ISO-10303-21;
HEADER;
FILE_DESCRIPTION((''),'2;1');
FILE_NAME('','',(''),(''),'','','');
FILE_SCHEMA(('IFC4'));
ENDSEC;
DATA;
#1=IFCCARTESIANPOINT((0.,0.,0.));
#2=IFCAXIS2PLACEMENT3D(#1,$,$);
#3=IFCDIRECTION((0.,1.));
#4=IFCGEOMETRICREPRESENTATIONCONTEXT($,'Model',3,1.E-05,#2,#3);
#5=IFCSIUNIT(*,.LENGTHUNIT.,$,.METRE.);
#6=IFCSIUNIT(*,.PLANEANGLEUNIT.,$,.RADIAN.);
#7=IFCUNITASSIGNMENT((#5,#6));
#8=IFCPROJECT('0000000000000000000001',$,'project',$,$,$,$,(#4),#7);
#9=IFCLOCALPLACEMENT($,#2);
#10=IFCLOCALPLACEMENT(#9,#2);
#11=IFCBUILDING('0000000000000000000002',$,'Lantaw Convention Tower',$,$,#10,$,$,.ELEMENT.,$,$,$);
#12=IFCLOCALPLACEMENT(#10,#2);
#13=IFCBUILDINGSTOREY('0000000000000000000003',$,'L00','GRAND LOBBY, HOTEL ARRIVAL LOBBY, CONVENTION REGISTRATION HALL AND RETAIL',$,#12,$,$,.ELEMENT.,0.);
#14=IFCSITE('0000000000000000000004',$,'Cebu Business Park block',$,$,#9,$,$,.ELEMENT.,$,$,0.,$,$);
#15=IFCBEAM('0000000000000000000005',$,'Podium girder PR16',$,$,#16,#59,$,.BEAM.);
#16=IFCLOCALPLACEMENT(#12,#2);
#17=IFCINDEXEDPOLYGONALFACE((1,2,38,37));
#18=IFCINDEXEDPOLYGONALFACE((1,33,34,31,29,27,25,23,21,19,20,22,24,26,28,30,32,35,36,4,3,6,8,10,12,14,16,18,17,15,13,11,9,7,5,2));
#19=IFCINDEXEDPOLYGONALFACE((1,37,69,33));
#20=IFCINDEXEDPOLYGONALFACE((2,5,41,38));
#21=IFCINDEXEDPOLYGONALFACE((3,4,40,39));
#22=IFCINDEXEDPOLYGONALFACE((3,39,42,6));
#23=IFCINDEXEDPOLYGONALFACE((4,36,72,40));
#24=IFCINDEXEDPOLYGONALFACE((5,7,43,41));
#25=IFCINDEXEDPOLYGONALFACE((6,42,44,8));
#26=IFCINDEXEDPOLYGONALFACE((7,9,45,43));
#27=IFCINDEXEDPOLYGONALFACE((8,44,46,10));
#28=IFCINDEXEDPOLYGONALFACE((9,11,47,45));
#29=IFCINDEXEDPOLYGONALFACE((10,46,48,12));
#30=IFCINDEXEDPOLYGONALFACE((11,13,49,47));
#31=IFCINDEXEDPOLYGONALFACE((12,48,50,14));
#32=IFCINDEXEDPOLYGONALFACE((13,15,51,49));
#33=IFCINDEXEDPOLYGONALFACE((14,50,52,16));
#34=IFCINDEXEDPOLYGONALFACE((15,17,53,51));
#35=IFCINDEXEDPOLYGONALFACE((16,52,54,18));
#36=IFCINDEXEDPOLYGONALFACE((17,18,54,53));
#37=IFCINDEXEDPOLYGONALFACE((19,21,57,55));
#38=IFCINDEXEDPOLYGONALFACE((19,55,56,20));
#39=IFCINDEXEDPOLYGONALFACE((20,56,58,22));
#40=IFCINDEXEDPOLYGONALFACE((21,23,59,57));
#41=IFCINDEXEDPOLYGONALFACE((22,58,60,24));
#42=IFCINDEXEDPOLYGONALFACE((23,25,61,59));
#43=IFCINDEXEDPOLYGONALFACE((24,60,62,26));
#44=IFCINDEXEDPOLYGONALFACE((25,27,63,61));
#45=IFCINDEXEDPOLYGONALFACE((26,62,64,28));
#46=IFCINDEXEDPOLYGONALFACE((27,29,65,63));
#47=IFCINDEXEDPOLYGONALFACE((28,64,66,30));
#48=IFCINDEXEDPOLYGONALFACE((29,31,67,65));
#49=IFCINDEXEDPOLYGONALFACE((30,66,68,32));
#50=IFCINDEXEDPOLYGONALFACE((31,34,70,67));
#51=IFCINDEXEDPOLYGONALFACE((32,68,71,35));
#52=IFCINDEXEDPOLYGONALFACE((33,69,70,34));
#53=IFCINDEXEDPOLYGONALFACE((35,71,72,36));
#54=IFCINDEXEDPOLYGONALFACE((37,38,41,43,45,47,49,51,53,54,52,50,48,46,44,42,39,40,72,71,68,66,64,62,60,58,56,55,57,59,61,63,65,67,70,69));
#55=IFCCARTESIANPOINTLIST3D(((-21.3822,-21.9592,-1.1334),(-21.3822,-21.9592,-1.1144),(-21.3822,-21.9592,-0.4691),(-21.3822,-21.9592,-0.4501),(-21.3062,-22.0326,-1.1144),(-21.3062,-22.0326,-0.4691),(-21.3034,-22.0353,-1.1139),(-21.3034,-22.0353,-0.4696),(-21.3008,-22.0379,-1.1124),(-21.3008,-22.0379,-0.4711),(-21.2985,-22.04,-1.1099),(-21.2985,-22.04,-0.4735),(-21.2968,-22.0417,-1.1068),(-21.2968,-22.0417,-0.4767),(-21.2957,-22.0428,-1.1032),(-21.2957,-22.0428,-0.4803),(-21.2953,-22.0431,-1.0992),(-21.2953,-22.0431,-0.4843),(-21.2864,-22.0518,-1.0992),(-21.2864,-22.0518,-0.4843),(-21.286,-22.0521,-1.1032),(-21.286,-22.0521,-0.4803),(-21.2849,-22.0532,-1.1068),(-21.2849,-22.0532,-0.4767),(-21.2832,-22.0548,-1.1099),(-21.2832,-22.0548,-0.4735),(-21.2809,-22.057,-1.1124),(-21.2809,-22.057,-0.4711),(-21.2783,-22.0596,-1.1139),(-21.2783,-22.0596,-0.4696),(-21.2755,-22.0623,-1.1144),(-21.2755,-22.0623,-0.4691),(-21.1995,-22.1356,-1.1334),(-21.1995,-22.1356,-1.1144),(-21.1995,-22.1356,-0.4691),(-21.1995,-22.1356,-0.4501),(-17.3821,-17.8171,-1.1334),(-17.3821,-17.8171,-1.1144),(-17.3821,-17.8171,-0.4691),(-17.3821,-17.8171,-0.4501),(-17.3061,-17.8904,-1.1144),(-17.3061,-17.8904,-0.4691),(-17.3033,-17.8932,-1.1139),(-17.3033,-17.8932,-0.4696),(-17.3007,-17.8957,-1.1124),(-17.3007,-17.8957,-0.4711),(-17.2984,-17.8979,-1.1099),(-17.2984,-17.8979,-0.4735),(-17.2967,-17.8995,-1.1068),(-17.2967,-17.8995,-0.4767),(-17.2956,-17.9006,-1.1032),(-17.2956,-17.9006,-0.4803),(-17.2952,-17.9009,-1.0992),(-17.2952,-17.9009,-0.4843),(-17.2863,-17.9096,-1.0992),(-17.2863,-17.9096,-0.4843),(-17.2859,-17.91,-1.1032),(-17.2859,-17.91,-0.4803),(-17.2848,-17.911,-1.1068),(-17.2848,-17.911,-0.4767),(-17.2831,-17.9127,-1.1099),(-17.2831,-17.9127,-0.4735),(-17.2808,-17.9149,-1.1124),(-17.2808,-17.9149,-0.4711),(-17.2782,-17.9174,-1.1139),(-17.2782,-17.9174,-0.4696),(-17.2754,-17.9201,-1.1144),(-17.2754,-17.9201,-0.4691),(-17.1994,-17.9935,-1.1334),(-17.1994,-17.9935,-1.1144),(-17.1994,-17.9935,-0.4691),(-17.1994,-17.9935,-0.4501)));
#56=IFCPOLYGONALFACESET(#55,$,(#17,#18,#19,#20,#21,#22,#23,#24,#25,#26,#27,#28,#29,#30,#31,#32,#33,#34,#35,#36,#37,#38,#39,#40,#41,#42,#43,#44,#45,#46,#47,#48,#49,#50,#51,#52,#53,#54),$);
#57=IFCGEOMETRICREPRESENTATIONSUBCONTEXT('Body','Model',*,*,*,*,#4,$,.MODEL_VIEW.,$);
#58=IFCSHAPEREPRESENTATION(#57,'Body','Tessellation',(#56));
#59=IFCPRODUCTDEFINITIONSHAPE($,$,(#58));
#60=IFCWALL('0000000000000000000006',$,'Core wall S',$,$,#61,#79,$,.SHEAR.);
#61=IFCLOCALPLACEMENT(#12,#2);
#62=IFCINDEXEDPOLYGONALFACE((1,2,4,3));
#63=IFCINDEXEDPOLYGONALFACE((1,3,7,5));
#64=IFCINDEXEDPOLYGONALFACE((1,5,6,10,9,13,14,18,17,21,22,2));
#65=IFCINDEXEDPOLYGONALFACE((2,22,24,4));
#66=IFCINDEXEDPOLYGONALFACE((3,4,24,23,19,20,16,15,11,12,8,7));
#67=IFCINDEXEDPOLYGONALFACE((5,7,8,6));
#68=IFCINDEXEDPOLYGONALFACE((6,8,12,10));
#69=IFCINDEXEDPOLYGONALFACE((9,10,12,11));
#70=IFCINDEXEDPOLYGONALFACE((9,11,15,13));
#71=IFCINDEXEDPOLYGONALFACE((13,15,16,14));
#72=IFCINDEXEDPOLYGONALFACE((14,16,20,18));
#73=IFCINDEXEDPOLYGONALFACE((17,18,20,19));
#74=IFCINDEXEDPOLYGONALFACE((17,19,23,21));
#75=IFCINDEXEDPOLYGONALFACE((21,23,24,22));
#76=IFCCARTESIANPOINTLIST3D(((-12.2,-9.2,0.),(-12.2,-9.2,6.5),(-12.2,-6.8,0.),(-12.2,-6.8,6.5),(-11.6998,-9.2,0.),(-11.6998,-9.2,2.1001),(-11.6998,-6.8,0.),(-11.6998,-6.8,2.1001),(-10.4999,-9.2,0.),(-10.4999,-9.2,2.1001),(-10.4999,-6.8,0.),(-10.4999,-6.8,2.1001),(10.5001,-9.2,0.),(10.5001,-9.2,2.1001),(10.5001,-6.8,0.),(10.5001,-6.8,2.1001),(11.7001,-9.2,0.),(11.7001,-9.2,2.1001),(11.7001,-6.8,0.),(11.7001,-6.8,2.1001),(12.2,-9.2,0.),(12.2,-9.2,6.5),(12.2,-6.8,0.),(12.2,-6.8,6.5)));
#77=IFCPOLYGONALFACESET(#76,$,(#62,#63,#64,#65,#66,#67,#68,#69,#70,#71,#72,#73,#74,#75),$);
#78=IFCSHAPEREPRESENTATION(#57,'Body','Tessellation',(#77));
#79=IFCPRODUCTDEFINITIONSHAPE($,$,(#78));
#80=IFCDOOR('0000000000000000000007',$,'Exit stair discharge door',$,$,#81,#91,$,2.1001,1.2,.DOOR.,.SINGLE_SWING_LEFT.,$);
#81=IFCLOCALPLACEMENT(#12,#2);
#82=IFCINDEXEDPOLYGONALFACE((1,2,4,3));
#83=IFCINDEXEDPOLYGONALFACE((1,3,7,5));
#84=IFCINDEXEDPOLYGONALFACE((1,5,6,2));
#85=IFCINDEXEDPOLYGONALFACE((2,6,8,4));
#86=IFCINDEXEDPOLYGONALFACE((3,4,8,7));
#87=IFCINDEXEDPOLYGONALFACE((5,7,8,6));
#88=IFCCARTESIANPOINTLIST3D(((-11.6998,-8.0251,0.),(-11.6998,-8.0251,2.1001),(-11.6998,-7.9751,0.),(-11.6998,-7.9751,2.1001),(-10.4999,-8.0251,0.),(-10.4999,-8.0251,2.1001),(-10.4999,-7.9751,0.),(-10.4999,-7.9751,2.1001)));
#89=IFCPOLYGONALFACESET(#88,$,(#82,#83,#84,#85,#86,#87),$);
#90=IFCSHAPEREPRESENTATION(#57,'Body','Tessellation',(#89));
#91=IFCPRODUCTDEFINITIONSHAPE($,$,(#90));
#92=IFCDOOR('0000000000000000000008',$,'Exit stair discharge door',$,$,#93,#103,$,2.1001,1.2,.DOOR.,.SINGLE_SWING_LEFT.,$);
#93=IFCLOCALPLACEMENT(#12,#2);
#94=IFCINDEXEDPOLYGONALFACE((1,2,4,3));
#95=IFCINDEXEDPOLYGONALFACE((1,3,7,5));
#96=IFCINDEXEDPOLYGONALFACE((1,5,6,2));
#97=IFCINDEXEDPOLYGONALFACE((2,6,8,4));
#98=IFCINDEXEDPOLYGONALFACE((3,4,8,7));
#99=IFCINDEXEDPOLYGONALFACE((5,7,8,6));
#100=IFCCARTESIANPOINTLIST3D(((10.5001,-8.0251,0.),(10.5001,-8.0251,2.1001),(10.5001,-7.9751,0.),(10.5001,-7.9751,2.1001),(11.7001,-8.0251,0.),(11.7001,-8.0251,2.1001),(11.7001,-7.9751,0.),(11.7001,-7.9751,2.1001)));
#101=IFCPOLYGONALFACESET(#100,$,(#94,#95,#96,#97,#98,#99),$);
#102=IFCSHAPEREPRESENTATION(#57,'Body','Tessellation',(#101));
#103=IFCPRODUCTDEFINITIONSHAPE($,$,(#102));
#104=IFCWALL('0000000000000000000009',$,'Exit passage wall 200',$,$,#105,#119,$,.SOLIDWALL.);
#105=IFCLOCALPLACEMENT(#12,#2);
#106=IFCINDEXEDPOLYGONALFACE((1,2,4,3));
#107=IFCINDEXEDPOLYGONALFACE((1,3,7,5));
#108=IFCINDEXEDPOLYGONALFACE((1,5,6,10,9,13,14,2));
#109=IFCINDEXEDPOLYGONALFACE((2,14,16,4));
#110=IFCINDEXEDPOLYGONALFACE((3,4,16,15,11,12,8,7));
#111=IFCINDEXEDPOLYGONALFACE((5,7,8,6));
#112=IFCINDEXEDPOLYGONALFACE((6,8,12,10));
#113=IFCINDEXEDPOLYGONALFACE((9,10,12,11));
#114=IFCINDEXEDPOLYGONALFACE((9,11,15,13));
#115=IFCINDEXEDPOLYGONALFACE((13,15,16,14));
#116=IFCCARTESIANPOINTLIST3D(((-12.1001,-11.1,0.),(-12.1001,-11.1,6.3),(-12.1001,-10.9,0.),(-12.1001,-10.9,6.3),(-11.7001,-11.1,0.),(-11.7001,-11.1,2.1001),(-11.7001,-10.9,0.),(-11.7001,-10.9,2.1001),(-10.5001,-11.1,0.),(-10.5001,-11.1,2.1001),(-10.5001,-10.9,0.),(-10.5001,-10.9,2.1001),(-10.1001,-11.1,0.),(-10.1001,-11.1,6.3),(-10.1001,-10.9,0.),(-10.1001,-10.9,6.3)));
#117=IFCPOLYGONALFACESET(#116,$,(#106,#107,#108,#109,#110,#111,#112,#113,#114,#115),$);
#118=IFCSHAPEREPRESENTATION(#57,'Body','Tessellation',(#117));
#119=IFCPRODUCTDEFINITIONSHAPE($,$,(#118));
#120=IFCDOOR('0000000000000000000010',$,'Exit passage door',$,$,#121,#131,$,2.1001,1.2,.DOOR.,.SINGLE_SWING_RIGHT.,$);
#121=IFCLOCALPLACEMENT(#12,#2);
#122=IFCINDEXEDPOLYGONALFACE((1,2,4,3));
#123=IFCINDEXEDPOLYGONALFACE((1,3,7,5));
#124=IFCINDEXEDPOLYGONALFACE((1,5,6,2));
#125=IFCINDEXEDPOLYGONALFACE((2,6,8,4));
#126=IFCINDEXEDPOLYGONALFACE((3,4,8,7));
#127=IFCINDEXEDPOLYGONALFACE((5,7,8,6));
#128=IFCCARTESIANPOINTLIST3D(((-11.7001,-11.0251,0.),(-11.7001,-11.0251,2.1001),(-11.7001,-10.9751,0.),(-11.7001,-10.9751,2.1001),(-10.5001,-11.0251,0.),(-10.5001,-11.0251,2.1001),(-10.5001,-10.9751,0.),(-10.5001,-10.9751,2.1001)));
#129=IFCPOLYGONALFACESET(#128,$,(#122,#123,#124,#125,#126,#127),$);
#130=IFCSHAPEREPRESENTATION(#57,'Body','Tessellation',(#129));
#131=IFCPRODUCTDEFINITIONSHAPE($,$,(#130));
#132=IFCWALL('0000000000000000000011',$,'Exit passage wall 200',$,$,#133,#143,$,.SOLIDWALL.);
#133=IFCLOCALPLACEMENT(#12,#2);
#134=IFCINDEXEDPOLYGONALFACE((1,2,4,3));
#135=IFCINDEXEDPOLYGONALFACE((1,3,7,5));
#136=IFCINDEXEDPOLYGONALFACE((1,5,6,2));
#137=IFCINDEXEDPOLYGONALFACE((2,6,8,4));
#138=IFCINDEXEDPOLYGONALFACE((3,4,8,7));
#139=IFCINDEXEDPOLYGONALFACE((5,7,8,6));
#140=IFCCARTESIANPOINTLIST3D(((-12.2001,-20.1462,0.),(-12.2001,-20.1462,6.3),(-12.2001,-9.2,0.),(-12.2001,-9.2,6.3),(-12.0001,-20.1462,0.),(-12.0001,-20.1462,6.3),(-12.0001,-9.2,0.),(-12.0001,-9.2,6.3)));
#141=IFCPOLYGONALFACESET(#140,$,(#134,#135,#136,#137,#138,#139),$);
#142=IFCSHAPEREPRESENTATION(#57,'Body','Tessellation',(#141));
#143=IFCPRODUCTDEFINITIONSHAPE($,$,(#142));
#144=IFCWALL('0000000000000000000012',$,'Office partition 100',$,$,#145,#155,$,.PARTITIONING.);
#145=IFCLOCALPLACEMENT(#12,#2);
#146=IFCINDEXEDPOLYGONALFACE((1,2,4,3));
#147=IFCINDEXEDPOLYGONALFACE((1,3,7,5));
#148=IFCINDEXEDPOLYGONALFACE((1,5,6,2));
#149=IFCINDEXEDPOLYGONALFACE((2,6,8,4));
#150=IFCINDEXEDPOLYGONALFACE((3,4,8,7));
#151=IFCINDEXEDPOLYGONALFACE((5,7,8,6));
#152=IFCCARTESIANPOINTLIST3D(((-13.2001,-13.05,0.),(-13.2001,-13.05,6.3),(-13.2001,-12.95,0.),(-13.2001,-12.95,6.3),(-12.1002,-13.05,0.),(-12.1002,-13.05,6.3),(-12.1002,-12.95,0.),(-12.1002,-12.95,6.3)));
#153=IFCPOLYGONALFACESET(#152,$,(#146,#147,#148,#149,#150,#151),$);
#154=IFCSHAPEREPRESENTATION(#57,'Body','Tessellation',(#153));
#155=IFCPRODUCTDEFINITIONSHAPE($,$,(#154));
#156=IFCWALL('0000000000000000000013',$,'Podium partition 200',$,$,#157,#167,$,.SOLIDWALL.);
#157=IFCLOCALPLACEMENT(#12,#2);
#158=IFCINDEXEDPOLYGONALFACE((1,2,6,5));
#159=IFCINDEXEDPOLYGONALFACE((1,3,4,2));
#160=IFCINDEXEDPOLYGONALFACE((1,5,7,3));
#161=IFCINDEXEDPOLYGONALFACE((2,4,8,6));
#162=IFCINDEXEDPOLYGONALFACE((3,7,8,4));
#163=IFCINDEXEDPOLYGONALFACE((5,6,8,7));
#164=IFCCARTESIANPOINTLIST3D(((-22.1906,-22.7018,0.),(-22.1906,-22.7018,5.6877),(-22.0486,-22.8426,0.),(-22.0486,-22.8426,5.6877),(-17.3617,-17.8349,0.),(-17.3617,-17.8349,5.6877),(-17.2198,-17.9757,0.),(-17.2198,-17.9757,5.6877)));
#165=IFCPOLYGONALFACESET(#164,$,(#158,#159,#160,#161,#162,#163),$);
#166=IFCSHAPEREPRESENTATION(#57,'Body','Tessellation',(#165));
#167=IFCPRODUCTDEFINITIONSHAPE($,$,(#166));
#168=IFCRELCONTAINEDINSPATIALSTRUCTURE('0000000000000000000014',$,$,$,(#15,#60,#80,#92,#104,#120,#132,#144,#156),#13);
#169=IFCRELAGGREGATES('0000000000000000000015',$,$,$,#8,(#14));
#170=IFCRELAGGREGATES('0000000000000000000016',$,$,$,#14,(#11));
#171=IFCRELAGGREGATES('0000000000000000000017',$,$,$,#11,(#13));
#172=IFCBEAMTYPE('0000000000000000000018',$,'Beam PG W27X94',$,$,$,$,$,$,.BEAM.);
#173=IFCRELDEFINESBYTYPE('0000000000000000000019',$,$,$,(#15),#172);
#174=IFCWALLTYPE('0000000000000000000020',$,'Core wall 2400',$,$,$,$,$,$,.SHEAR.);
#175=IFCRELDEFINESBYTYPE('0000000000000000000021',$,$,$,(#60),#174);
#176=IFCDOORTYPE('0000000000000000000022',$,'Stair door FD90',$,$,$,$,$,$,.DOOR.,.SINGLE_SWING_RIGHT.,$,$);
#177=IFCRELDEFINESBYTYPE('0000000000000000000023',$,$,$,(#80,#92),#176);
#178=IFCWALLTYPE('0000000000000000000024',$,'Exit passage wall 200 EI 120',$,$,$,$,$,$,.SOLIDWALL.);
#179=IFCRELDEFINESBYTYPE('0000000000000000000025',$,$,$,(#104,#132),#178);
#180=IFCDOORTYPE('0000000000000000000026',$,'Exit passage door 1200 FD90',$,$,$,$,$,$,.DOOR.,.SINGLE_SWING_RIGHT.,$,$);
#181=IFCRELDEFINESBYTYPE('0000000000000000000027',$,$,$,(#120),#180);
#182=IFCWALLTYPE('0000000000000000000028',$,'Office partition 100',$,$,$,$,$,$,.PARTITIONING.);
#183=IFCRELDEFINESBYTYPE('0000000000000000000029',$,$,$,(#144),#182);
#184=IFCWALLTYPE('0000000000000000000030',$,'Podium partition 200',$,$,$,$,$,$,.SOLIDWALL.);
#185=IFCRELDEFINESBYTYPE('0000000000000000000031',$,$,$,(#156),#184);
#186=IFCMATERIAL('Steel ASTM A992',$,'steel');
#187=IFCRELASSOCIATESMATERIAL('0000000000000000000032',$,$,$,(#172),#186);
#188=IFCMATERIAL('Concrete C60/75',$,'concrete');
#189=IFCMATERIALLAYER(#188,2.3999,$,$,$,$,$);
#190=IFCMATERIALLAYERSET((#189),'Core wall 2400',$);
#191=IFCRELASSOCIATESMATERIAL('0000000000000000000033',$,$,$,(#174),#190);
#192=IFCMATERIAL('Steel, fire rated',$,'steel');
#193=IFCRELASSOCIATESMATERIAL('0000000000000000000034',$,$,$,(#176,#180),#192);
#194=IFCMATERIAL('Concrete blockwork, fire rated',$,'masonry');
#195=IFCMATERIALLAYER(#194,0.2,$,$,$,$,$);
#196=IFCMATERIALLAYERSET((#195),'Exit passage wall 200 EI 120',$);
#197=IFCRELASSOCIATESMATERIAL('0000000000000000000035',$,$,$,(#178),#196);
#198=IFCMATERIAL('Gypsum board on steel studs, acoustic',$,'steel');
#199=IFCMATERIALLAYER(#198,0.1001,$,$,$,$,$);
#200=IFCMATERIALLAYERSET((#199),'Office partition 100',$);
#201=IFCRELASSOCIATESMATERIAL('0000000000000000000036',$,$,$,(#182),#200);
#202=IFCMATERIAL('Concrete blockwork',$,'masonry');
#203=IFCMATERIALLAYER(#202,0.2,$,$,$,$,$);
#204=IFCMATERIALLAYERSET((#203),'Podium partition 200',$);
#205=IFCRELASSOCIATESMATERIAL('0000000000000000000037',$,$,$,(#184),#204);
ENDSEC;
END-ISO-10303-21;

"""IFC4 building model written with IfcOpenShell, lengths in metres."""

from ifc_helpers import new_model, si_unit, direction, frame, frame_2d, origin, origin_2d, place, context, subcontext, project, spatial, rectangle, i_section, extrude, material, layer, layer_set, material_profile, profile_set, type_object, element, fill, save


model = new_model("IFC4")

# Units and contexts
model_context = context("Model", 3, precision=1e-05, world=origin(), true_north=direction((0.0, 1.0)))
body_context = subcontext(model_context, "Body", "Model", "MODEL_VIEW")
ifc_project = project(units=[si_unit("LENGTHUNIT", "METRE"), si_unit("PLANEANGLEUNIT", "RADIAN")], contexts=[model_context])

# Site, building, storey
site_placement = place(None, origin())
site = spatial("IfcSite", under=ifc_project, at=site_placement, Name="Cebu Business Park block", CompositionType="ELEMENT", RefElevation=0.0)
building_placement = place(site_placement, origin())
building = spatial("IfcBuilding", under=site, at=building_placement, Name="Lantaw Convention Tower", CompositionType="ELEMENT")
storey_placement = place(building_placement, origin())
storey = spatial("IfcBuildingStorey", under=building, at=storey_placement, Name="L00", Description="GRAND LOBBY, HOTEL ARRIVAL LOBBY, CONVENTION REGISTRATION HALL AND RETAIL", CompositionType="ELEMENT", Elevation=0.0)

# Shared definitions
ifc_material_1 = material(Name="Concrete C60/75", Category="concrete")

# Beam
ifc_material_2 = material(Name="Steel ASTM A992", Category="steel")
ifc_material_profile_1 = material_profile(ifc_material_2, i_section(OverallWidth=0.2539, OverallDepth=0.6833, WebThickness=0.0125, FlangeThickness=0.019, FilletRadius=0.0151, at=origin_2d()), Name="W27X94")
ifc_profile_set_1 = profile_set([ifc_material_profile_1], Name="Steel ASTM A992")
beam_type_1 = type_object("IfcBeamType", Name="Beam PG W27X94", PredefinedType="BEAM", material=ifc_profile_set_1)
beam_1_placement = place(storey_placement, frame((-17.2908, -17.9053, -0.7917), z_axis=(-0.694661, -0.719337, 0.0), x_axis=(0.719337, -0.694661, 0.0)))
element("IfcBeam", 1, at=beam_1_placement, inside=storey, type_object=beam_type_1, Name="Podium girder PR16", PredefinedType="BEAM", context=body_context, shape_type="SweptSolid", body=[
    extrude(i_section(OverallWidth=0.2539, OverallDepth=0.6833, WebThickness=0.0125, FlangeThickness=0.019, FilletRadius=0.0151, at=origin_2d()), origin(), (0.0, 0.0, 1.0), 5.7583),
])

# Wall, openings, doors
ifc_layer_1 = layer(ifc_material_1, 2.3999)
ifc_layer_set_1 = layer_set([ifc_layer_1], Name="Core wall 2400")
wall_type_1 = type_object("IfcWallType", Name="Core wall 2400", PredefinedType="SHEAR", material=ifc_layer_set_1)
wall_1_placement = place(storey_placement, frame((-12.2, -8.0, 0.0), z_axis=(0.0, 0.0, 1.0), x_axis=(1.0, 0.0, 0.0)))
wall_1 = element("IfcWall", 2, at=wall_1_placement, inside=storey, type_object=wall_type_1, Name="Core wall S", PredefinedType="SHEAR", context=body_context, shape_type="SweptSolid", body=[
    extrude(rectangle(XDim=24.3999, YDim=2.3999, at=frame_2d((12.2, 0.0))), origin(), (0.0, 0.0, 1.0), 6.5),
])
opening_1_placement = place(wall_1_placement, frame((0.5, 0.0, 0.0)))
opening_1 = element("IfcOpeningElement", 3, at=opening_1_placement, cuts=wall_1, PredefinedType="OPENING", context=body_context, shape_type="SweptSolid", body=[
    extrude(rectangle(XDim=1.2, YDim=2.1001, at=frame_2d((0.6001, 1.05))), frame((0.0, 1.21, 0.0), z_axis=(0.0, -1.0, 0.0), x_axis=(1.0, 0.0, 0.0)), (0.0, 0.0, 1.0), 2.4199),
])
opening_2_placement = place(wall_1_placement, frame((22.7, 0.0, 0.0)))
opening_2 = element("IfcOpeningElement", 4, at=opening_2_placement, cuts=wall_1, PredefinedType="OPENING", context=body_context, shape_type="SweptSolid", body=[
    extrude(rectangle(XDim=1.2, YDim=2.1001, at=frame_2d((0.6001, 1.05))), frame((0.0, 1.21, 0.0), z_axis=(0.0, -1.0, 0.0), x_axis=(1.0, 0.0, 0.0)), (0.0, 0.0, 1.0), 2.4199),
])
ifc_material_3 = material(Name="Steel, fire rated", Category="steel")
door_type_1 = type_object("IfcDoorType", Name="Stair door FD90", OperationType="SINGLE_SWING_RIGHT", PredefinedType="DOOR", material=ifc_material_3)
door_1_placement = place(opening_1_placement, origin())
door_1 = element("IfcDoor", 5, at=door_1_placement, inside=storey, type_object=door_type_1, Name="Exit stair discharge door", OperationType="SINGLE_SWING_LEFT", OverallHeight=2.1001, OverallWidth=1.2, PredefinedType="DOOR", context=body_context, shape_type="SweptSolid", body=[
    extrude(rectangle(XDim=1.2, YDim=2.1001, at=frame_2d((0.6001, 1.05))), frame((0.0, 0.0249, 0.0), z_axis=(0.0, -1.0, 0.0), x_axis=(1.0, 0.0, 0.0)), (0.0, 0.0, 1.0), 0.05),
])
fill(opening_1, door_1)
door_2_placement = place(opening_2_placement, origin())
door_2 = element("IfcDoor", 6, at=door_2_placement, inside=storey, type_object=door_type_1, Name="Exit stair discharge door", OperationType="SINGLE_SWING_LEFT", OverallHeight=2.1001, OverallWidth=1.2, PredefinedType="DOOR", context=body_context, shape_type="SweptSolid", body=[
    extrude(rectangle(XDim=1.2, YDim=2.1001, at=frame_2d((0.6001, 1.05))), frame((0.0, 0.0249, 0.0), z_axis=(0.0, -1.0, 0.0), x_axis=(1.0, 0.0, 0.0)), (0.0, 0.0, 1.0), 0.05),
])
fill(opening_2, door_2)

# Wall, opening, door
ifc_material_4 = material(Name="Concrete blockwork, fire rated", Category="masonry")
ifc_layer_2 = layer(ifc_material_4, 0.2)
ifc_layer_set_2 = layer_set([ifc_layer_2], Name="Exit passage wall 200 EI 120")
wall_type_2 = type_object("IfcWallType", Name="Exit passage wall 200 EI 120", PredefinedType="SOLIDWALL", material=ifc_layer_set_2)
wall_2_placement = place(storey_placement, frame((-12.1001, -11.0, 0.0), z_axis=(0.0, 0.0, 1.0), x_axis=(1.0, 0.0, 0.0)))
wall_2 = element("IfcWall", 7, at=wall_2_placement, inside=storey, type_object=wall_type_2, Name="Exit passage wall 200", PredefinedType="SOLIDWALL", context=body_context, shape_type="SweptSolid", body=[
    extrude(rectangle(XDim=2.0, YDim=0.2, at=frame_2d((1.0, 0.0))), origin(), (0.0, 0.0, 1.0), 6.3),
])
opening_3_placement = place(wall_2_placement, frame((0.3999, 0.0, 0.0)))
opening_3 = element("IfcOpeningElement", 8, at=opening_3_placement, cuts=wall_2, PredefinedType="OPENING", context=body_context, shape_type="SweptSolid", body=[
    extrude(rectangle(XDim=1.2, YDim=2.1001, at=frame_2d((0.6001, 1.05))), frame((0.0, 0.1099, 0.0), z_axis=(0.0, -1.0, 0.0), x_axis=(1.0, 0.0, 0.0)), (0.0, 0.0, 1.0), 0.22),
])
door_type_2 = type_object("IfcDoorType", Name="Exit passage door 1200 FD90", OperationType="SINGLE_SWING_RIGHT", PredefinedType="DOOR", material=ifc_material_3)
door_3_placement = place(opening_3_placement, origin())
door_3 = element("IfcDoor", 9, at=door_3_placement, inside=storey, type_object=door_type_2, Name="Exit passage door", OperationType="SINGLE_SWING_RIGHT", OverallHeight=2.1001, OverallWidth=1.2, PredefinedType="DOOR", context=body_context, shape_type="SweptSolid", body=[
    extrude(rectangle(XDim=1.2, YDim=2.1001, at=frame_2d((0.6001, 1.05))), frame((0.0, 0.0249, 0.0), z_axis=(0.0, -1.0, 0.0), x_axis=(1.0, 0.0, 0.0)), (0.0, 0.0, 1.0), 0.05),
])
fill(opening_3, door_3)

# Walls
wall_3_placement = place(storey_placement, frame((-12.1001, -9.2, 0.0), z_axis=(0.0, 0.0, 1.0), x_axis=(0.0, -1.0, 0.0)))
element("IfcWall", 10, at=wall_3_placement, inside=storey, type_object=wall_type_2, Name="Exit passage wall 200", PredefinedType="SOLIDWALL", context=body_context, shape_type="SweptSolid", body=[
    extrude(rectangle(XDim=10.9463, YDim=0.2, at=frame_2d((5.4731, 0.0))), origin(), (0.0, 0.0, 1.0), 6.3),
])
ifc_material_5 = material(Name="Gypsum board on steel studs, acoustic", Category="steel")
ifc_layer_3 = layer(ifc_material_5, 0.1001)
ifc_layer_set_3 = layer_set([ifc_layer_3], Name="Office partition 100")
wall_type_3 = type_object("IfcWallType", Name="Office partition 100", PredefinedType="PARTITIONING", material=ifc_layer_set_3)
wall_4_placement = place(storey_placement, frame((-13.2, -13.0, 0.0), z_axis=(0.0, 0.0, 1.0), x_axis=(1.0, 0.0, 0.0)))
element("IfcWall", 11, at=wall_4_placement, inside=storey, type_object=wall_type_3, Name="Office partition 100", PredefinedType="PARTITIONING", context=body_context, shape_type="SweptSolid", body=[
    extrude(rectangle(XDim=1.0999, YDim=0.1001, at=frame_2d((0.5498, 0.0))), origin(), (0.0, 0.0, 1.0), 6.3),
])
ifc_material_6 = material(Name="Concrete blockwork", Category="masonry")
ifc_layer_4 = layer(ifc_material_6, 0.2)
ifc_layer_set_4 = layer_set([ifc_layer_4], Name="Podium partition 200")
wall_type_4 = type_object("IfcWallType", Name="Podium partition 200", PredefinedType="SOLIDWALL", material=ifc_layer_set_4)
wall_5_placement = place(storey_placement, frame((-17.2908, -17.9053, 0.0), z_axis=(0.0, 0.0, 1.0), x_axis=(-0.704324, -0.709879, 0.0)))
element("IfcWall", 12, at=wall_5_placement, inside=storey, type_object=wall_type_4, Name="Podium partition 200", PredefinedType="SOLIDWALL", context=body_context, shape_type="SweptSolid", body=[
    extrude(rectangle(XDim=6.856, YDim=0.2, at=frame_2d((3.428, 0.0))), origin(), (0.0, 0.0, 1.0), 5.6877),
])

save(model, "model.ifc")
